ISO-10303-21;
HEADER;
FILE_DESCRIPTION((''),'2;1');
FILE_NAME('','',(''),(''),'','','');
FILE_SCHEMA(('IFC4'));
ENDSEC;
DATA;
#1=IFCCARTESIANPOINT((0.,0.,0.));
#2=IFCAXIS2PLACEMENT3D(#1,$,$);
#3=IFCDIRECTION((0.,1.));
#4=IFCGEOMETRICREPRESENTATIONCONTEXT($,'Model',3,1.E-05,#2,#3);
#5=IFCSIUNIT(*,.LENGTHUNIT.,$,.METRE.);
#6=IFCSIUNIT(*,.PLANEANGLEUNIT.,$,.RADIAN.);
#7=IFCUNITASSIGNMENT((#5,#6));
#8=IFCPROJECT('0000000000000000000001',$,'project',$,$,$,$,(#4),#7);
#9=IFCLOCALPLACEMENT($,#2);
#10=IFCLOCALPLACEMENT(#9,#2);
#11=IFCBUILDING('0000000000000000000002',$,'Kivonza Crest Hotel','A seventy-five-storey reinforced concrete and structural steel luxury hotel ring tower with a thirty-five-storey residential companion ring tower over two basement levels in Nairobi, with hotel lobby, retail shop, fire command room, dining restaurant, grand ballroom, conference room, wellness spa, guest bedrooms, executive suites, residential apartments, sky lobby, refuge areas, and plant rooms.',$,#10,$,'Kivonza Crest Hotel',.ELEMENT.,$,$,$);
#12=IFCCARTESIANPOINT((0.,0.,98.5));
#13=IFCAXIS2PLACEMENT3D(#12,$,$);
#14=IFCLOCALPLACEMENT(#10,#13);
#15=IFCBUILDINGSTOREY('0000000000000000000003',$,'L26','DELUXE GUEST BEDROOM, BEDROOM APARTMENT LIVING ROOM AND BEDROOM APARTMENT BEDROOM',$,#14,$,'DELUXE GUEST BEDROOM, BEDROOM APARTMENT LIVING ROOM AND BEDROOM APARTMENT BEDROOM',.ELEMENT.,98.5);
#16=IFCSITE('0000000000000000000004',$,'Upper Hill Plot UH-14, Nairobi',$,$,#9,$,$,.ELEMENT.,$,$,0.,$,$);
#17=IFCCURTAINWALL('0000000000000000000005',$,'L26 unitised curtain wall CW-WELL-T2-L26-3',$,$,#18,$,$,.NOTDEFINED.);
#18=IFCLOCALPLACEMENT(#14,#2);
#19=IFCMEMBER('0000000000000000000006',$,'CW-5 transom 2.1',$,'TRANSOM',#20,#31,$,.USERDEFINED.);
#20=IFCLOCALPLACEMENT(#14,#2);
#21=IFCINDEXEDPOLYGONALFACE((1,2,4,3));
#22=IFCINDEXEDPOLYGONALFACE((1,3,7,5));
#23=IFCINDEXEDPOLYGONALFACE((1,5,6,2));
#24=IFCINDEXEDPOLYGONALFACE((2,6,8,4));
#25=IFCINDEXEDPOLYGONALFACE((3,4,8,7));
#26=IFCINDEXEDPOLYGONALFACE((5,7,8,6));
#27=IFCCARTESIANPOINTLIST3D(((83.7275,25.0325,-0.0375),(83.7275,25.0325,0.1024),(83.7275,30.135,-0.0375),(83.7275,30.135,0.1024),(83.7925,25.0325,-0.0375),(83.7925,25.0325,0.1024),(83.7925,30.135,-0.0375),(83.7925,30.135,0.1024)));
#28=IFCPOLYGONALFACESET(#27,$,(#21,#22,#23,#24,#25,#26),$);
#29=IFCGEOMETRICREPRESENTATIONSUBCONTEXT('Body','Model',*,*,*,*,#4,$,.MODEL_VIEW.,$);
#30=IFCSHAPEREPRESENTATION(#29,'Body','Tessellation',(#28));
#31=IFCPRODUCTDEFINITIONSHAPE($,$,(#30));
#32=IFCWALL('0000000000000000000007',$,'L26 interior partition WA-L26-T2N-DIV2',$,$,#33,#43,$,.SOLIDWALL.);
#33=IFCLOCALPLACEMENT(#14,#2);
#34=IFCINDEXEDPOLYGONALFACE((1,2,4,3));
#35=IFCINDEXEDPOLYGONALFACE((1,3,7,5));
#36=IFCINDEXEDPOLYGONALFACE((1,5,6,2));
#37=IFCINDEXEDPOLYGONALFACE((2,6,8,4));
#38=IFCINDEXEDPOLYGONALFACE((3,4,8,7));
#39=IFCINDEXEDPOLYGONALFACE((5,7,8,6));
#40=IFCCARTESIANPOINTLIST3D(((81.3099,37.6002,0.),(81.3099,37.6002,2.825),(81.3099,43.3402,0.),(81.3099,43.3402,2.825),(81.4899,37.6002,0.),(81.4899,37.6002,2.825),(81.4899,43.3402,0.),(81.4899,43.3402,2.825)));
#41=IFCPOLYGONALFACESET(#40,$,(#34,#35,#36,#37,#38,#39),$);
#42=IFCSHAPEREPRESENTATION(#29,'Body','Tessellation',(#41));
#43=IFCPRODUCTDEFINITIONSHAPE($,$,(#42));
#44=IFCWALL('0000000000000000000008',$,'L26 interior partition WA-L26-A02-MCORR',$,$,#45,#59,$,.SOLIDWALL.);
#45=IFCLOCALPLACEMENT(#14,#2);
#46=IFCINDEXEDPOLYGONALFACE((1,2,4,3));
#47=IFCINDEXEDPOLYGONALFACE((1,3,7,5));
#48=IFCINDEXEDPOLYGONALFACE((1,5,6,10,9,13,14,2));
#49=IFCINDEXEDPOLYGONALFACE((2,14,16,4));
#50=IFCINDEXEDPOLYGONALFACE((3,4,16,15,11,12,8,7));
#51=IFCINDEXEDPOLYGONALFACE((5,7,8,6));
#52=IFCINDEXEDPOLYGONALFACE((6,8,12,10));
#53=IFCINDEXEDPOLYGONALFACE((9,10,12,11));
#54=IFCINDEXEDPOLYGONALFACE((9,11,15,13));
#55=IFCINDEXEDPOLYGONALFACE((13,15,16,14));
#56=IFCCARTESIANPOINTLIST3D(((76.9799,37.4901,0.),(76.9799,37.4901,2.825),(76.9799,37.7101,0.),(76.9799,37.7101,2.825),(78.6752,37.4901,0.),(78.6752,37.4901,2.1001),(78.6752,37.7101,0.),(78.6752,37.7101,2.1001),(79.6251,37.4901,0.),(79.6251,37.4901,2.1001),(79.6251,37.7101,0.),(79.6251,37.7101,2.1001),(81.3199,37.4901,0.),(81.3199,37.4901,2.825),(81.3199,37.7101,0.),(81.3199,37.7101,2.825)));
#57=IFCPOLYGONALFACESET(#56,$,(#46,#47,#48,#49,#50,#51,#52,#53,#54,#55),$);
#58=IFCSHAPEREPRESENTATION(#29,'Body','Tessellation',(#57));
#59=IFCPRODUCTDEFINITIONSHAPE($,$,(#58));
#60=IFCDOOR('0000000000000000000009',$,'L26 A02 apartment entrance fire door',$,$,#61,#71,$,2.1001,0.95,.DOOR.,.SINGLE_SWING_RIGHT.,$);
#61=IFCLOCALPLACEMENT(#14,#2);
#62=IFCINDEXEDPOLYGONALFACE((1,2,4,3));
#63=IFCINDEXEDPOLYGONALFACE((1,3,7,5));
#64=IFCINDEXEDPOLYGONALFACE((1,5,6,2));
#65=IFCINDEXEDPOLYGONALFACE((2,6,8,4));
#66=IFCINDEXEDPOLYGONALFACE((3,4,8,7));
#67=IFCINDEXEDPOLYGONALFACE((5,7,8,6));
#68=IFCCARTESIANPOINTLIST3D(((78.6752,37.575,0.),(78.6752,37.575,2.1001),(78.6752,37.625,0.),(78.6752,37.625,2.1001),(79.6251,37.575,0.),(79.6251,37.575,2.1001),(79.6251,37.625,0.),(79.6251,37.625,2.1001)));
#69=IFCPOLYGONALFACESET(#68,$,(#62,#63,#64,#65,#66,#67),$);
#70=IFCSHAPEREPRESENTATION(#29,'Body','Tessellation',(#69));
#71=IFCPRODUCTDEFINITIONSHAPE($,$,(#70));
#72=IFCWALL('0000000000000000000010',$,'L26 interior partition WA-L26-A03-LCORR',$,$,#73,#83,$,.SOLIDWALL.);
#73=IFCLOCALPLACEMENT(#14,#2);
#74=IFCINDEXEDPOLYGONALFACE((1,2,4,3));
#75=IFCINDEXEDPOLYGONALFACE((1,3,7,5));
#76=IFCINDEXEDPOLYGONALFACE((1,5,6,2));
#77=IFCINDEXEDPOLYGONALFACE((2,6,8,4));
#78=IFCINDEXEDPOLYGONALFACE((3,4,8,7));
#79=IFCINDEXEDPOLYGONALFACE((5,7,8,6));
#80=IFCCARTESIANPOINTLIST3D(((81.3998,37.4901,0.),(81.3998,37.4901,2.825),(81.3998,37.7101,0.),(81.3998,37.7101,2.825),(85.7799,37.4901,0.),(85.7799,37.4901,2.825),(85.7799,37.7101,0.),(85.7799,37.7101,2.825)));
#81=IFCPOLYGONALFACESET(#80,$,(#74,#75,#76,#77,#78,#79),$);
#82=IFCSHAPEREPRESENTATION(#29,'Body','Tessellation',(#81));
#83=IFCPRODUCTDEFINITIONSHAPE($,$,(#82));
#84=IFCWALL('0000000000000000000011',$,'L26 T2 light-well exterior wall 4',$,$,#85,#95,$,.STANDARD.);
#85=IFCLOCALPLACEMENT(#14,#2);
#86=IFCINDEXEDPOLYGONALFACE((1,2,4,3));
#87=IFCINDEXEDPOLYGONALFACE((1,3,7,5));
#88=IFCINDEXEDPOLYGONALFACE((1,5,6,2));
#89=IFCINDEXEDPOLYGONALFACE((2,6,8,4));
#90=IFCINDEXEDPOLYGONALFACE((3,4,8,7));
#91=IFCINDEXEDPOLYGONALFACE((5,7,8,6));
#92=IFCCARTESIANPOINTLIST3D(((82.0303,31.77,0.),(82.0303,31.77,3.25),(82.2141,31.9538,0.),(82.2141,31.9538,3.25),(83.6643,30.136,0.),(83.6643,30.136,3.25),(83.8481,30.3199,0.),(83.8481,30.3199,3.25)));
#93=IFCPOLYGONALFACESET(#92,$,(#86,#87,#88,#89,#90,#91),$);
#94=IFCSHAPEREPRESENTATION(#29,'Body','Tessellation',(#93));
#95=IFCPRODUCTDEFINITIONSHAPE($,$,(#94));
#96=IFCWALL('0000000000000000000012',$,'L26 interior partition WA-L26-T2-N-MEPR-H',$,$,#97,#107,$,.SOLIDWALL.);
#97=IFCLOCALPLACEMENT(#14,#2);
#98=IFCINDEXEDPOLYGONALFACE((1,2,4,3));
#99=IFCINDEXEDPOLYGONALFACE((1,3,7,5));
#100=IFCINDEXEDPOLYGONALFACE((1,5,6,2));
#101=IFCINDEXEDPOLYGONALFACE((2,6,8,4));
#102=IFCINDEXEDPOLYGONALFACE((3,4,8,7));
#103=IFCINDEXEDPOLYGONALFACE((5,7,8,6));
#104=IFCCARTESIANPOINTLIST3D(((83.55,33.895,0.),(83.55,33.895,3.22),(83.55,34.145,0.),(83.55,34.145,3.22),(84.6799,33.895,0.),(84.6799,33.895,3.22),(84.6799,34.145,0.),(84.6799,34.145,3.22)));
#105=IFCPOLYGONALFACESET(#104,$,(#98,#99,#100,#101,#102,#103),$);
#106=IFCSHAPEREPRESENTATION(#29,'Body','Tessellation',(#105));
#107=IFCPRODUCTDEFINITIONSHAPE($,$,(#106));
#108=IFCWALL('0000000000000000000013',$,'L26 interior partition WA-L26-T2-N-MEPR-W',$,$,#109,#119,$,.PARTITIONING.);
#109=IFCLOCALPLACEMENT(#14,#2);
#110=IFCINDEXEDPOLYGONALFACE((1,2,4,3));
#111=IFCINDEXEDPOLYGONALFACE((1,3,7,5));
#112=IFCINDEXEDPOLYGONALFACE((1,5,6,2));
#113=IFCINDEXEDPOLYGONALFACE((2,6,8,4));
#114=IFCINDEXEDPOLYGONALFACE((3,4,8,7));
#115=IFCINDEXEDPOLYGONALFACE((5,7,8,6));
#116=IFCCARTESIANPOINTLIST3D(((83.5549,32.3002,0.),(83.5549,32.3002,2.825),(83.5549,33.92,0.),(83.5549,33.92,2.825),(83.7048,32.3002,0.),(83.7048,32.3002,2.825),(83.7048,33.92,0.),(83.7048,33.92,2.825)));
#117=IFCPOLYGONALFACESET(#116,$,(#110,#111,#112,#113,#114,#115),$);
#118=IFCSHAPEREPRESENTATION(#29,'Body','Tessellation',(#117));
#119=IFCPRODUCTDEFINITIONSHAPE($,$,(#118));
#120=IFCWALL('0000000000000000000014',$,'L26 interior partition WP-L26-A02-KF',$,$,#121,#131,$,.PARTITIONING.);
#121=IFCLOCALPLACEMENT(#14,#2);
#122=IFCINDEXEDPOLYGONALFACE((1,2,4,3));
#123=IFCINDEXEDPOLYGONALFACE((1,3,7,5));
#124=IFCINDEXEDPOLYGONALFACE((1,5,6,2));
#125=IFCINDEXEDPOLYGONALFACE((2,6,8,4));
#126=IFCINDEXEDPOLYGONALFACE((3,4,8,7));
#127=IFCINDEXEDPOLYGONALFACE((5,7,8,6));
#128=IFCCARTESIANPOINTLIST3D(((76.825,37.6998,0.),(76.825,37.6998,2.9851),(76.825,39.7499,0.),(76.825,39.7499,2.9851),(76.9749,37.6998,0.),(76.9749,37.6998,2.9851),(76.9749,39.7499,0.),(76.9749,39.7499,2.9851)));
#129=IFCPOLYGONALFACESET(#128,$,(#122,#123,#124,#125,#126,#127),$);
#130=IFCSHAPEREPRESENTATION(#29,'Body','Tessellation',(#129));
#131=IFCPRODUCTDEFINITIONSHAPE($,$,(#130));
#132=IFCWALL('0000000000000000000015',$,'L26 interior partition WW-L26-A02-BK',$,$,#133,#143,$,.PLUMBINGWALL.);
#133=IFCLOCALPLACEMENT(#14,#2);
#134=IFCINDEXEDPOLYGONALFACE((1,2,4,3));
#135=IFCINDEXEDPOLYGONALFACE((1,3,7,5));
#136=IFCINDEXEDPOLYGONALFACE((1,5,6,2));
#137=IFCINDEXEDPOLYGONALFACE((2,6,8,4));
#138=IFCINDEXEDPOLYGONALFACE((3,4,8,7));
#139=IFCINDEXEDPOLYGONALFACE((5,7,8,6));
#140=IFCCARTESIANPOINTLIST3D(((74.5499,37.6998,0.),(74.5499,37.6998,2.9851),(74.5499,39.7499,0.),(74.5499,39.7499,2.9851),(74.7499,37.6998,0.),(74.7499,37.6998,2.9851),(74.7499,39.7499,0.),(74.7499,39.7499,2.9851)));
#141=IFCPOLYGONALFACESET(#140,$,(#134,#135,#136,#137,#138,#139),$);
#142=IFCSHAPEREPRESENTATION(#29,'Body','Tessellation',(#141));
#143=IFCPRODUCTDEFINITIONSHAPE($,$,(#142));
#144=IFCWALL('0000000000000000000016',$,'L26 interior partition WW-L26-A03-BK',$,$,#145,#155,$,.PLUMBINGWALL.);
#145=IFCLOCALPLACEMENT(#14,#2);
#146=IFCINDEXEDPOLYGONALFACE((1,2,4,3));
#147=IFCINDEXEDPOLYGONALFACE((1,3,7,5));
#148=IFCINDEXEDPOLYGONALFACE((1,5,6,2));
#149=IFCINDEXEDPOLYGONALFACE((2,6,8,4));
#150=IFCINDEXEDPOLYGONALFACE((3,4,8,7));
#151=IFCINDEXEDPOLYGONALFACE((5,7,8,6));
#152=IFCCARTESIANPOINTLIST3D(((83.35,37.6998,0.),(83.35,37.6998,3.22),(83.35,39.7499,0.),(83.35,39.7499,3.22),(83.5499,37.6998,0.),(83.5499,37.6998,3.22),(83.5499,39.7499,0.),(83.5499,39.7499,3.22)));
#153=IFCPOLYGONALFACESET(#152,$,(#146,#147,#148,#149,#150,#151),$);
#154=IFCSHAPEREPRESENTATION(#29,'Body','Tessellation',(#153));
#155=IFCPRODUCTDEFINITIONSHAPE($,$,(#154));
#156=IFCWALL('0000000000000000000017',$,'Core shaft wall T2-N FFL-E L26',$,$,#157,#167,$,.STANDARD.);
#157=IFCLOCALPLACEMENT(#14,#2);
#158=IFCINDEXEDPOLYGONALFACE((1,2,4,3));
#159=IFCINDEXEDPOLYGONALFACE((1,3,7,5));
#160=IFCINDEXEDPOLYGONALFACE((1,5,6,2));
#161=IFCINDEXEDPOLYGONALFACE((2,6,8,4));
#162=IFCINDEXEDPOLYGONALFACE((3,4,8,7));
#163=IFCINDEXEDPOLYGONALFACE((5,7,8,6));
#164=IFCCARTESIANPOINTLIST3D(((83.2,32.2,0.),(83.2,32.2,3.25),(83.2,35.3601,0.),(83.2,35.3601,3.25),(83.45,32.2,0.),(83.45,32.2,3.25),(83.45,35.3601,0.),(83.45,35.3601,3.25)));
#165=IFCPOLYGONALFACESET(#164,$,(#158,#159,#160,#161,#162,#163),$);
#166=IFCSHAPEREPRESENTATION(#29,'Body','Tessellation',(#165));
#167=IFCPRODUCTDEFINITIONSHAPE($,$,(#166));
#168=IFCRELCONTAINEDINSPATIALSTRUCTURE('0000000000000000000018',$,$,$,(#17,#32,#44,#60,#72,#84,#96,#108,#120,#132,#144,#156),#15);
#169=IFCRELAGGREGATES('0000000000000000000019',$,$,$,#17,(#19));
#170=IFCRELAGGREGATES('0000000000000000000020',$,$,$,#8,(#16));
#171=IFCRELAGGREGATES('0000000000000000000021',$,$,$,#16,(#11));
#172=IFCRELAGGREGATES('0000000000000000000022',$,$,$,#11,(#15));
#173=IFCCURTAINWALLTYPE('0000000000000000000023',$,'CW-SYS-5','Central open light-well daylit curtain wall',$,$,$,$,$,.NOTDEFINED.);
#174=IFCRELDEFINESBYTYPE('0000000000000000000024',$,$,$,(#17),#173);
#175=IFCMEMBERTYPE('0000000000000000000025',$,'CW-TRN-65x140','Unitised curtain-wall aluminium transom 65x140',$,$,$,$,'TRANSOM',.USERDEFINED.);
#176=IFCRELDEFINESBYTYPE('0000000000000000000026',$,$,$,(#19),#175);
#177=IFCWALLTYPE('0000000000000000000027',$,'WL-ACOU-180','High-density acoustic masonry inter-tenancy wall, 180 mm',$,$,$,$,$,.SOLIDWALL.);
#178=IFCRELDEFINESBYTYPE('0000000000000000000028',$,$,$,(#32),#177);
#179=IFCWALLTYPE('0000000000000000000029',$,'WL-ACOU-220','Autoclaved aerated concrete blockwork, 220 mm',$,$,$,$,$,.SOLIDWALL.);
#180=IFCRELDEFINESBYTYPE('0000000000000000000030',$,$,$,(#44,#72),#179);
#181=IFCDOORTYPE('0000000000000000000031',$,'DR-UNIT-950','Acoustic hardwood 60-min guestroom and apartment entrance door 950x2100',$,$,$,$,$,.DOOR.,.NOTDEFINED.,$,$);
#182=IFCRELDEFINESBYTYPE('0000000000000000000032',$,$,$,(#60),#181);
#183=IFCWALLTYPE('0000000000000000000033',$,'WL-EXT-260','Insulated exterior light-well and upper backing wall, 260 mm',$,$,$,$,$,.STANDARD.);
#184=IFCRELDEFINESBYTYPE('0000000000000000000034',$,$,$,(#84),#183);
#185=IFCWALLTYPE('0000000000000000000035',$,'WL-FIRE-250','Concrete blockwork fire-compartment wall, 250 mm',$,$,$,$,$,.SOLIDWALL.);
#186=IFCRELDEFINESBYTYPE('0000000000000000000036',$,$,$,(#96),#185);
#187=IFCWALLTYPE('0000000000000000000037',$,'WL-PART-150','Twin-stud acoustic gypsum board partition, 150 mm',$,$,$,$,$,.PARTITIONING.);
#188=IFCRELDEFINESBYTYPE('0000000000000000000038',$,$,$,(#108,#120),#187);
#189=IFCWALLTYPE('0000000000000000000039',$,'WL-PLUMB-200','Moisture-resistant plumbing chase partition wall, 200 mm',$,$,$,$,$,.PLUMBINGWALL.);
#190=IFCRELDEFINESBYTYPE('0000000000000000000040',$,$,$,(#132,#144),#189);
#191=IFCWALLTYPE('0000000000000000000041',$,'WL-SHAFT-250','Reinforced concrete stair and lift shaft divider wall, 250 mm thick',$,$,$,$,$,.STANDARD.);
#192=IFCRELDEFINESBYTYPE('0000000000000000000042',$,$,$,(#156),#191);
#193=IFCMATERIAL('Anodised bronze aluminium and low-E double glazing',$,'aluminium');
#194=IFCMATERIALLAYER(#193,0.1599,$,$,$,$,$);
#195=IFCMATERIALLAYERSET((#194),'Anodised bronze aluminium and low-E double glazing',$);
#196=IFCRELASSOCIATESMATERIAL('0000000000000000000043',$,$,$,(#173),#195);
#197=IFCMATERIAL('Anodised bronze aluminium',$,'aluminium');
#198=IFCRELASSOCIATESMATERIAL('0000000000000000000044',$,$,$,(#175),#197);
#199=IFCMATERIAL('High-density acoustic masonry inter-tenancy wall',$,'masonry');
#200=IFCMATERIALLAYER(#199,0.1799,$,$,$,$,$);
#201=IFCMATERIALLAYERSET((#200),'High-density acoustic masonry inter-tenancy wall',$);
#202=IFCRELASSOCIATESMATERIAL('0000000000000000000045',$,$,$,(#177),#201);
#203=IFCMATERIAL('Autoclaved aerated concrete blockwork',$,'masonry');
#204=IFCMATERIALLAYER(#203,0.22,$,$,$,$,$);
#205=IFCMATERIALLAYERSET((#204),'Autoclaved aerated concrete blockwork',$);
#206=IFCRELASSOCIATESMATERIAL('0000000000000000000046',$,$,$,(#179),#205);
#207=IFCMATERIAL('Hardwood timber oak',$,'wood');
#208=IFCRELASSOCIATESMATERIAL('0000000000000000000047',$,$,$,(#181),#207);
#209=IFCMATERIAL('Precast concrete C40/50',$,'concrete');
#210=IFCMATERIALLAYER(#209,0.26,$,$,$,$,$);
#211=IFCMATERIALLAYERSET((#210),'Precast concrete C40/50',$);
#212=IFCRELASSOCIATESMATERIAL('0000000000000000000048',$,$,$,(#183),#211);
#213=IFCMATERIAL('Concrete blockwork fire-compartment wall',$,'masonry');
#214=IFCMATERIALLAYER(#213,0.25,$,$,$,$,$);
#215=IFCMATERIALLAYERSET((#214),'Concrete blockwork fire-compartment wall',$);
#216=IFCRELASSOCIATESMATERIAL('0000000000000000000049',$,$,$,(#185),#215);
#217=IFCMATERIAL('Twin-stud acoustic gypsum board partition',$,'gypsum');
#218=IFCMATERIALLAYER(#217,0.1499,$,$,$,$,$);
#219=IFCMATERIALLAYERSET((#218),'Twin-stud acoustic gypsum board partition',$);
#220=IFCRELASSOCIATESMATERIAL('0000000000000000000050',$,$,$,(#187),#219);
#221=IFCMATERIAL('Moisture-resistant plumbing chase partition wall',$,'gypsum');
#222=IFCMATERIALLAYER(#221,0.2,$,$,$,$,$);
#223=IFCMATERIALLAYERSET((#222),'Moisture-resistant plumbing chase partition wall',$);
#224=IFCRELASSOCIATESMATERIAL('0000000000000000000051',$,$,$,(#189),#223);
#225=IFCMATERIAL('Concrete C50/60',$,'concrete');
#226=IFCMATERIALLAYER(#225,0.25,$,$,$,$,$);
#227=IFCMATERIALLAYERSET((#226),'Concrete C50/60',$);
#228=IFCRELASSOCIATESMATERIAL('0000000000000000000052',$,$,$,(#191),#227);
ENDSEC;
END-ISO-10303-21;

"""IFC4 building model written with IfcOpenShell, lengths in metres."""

from ifc_helpers import new_model, si_unit, direction, frame, frame_2d, origin, origin_2d, place, context, subcontext, project, spatial, rectangle, extrude, material, layer, layer_set, material_profile, profile_set, type_object, element, fill, aggregate, save


model = new_model("IFC4")

# Units and contexts
model_context = context("Model", 3, precision=1e-05, world=origin(), true_north=direction((0.0, 1.0)))
body_context = subcontext(model_context, "Body", "Model", "MODEL_VIEW")
ifc_project = project(units=[si_unit("LENGTHUNIT", "METRE"), si_unit("PLANEANGLEUNIT", "RADIAN")], contexts=[model_context])

# Site, building, storey
site_placement = place(None, origin())
site = spatial("IfcSite", under=ifc_project, at=site_placement, Name="Upper Hill Plot UH-14, Nairobi", CompositionType="ELEMENT", RefElevation=0.0)
building_placement = place(site_placement, origin())
building = spatial("IfcBuilding", under=site, at=building_placement, Name="Kivonza Crest Hotel", Description="A seventy-five-storey reinforced concrete and structural steel luxury hotel ring tower with a thirty-five-storey residential companion ring tower over two basement levels in Nairobi, with hotel lobby, retail shop, fire command room, dining restaurant, grand ballroom, conference room, wellness spa, guest bedrooms, executive suites, residential apartments, sky lobby, refuge areas, and plant rooms.", LongName="Kivonza Crest Hotel", CompositionType="ELEMENT")
storey_placement = place(building_placement, frame((0.0, 0.0, 98.5)))
storey = spatial("IfcBuildingStorey", under=building, at=storey_placement, Name="L26", Description="DELUXE GUEST BEDROOM, BEDROOM APARTMENT LIVING ROOM AND BEDROOM APARTMENT BEDROOM", LongName="DELUXE GUEST BEDROOM, BEDROOM APARTMENT LIVING ROOM AND BEDROOM APARTMENT BEDROOM", CompositionType="ELEMENT", Elevation=98.5)

# Curtain wall, member
ifc_material_1 = material(Name="Anodised bronze aluminium and low-E double glazing", Category="aluminium")
ifc_layer_1 = layer(ifc_material_1, 0.1599)
ifc_layer_set_1 = layer_set([ifc_layer_1], Name="Anodised bronze aluminium and low-E double glazing")
curtain_wall_type = type_object("IfcCurtainWallType", Name="CW-SYS-5", Description="Central open light-well daylit curtain wall", PredefinedType="NOTDEFINED", material=ifc_layer_set_1)
curtain_wall_placement = place(storey_placement, origin())
curtain_wall = element("IfcCurtainWall", 1, at=curtain_wall_placement, inside=storey, type_object=curtain_wall_type, Name="L26 unitised curtain wall CW-WELL-T2-L26-3", PredefinedType="NOTDEFINED")
ifc_material_2 = material(Name="Anodised bronze aluminium", Category="aluminium")
ifc_material_profile = material_profile(ifc_material_2, rectangle(XDim=0.0649, YDim=0.1399, at=origin_2d()), Name="CW-T 65x140")
ifc_profile_set = profile_set([ifc_material_profile], Name="Anodised bronze aluminium")
member_type = type_object("IfcMemberType", Name="CW-TRN-65x140", Description="Unitised curtain-wall aluminium transom 65x140", ElementType="TRANSOM", PredefinedType="USERDEFINED", material=ifc_profile_set)
member_placement = place(storey_placement, frame((83.76, 25.0325, 0.0325), z_axis=(0.0, 1.0, 0.0), x_axis=(-1.0, 0.0, 0.0)))
member = element("IfcMember", 2, at=member_placement, type_object=member_type, Name="CW-5 transom 2.1", ObjectType="TRANSOM", PredefinedType="USERDEFINED", context=body_context, shape_type="SweptSolid", body=[
    extrude(rectangle(XDim=0.0649, YDim=0.1399, at=origin_2d()), origin(), (0.0, 0.0, 1.0), 5.1025),
])
aggregate(curtain_wall, [member])

# Wall
ifc_material_3 = material(Name="High-density acoustic masonry inter-tenancy wall", Category="masonry")
ifc_layer_2 = layer(ifc_material_3, 0.1799)
ifc_layer_set_2 = layer_set([ifc_layer_2], Name="High-density acoustic masonry inter-tenancy wall")
wall_type_1 = type_object("IfcWallType", Name="WL-ACOU-180", Description="High-density acoustic masonry inter-tenancy wall, 180 mm", PredefinedType="SOLIDWALL", material=ifc_layer_set_2)
wall_1_placement = place(storey_placement, frame((81.3999, 37.6001, 0.0), z_axis=(0.0, 0.0, 1.0), x_axis=(0.0, 1.0, 0.0)))
element("IfcWall", 3, at=wall_1_placement, inside=storey, type_object=wall_type_1, Name="L26 interior partition WA-L26-T2N-DIV2", PredefinedType="SOLIDWALL", context=body_context, shape_type="SweptSolid", body=[
    extrude(rectangle(XDim=5.74, YDim=0.1799, at=frame_2d((2.8701, 0.0))), origin(), (0.0, 0.0, 1.0), 2.825),
])

# Wall, opening, door
ifc_material_4 = material(Name="Autoclaved aerated concrete blockwork", Category="masonry")
ifc_layer_3 = layer(ifc_material_4, 0.22)
ifc_layer_set_3 = layer_set([ifc_layer_3], Name="Autoclaved aerated concrete blockwork")
wall_type_2 = type_object("IfcWallType", Name="WL-ACOU-220", Description="Autoclaved aerated concrete blockwork, 220 mm", PredefinedType="SOLIDWALL", material=ifc_layer_set_3)
wall_2_placement = place(storey_placement, frame((76.98, 37.6001, 0.0), z_axis=(0.0, 0.0, 1.0), x_axis=(1.0, 0.0, 0.0)))
wall_2 = element("IfcWall", 4, at=wall_2_placement, inside=storey, type_object=wall_type_2, Name="L26 interior partition WA-L26-A02-MCORR", PredefinedType="SOLIDWALL", context=body_context, shape_type="SweptSolid", body=[
    extrude(rectangle(XDim=4.3401, YDim=0.22, at=frame_2d((2.1699, 0.0))), origin(), (0.0, 0.0, 1.0), 2.825),
])
opening_1_placement = place(wall_2_placement, frame((1.6951, 0.0, 0.0)))
opening_1 = element("IfcOpeningElement", 5, at=opening_1_placement, cuts=wall_2, PredefinedType="OPENING", context=body_context, shape_type="SweptSolid", body=[
    extrude(rectangle(XDim=0.95, YDim=2.1001, at=frame_2d((0.4751, 1.05))), frame((0.0, 0.1201, 0.0), z_axis=(0.0, -1.0, 0.0), x_axis=(1.0, 0.0, 0.0)), (0.0, 0.0, 1.0), 0.24),
])
ifc_material_5 = material(Name="Hardwood timber oak", Category="wood")
door_type_1 = type_object("IfcDoorType", Name="DR-UNIT-950", Description="Acoustic hardwood 60-min guestroom and apartment entrance door 950x2100", OperationType="NOTDEFINED", PredefinedType="DOOR", material=ifc_material_5)
door_1_placement = place(opening_1_placement, origin())
door_1 = element("IfcDoor", 6, at=door_1_placement, inside=storey, type_object=door_type_1, Name="L26 A02 apartment entrance fire door", OperationType="SINGLE_SWING_RIGHT", OverallHeight=2.1001, OverallWidth=0.95, PredefinedType="DOOR", context=body_context, shape_type="SweptSolid", body=[
    extrude(rectangle(XDim=0.95, YDim=2.1001, at=frame_2d((0.4751, 1.05))), frame((0.0, 0.0249, 0.0), z_axis=(0.0, -1.0, 0.0), x_axis=(1.0, 0.0, 0.0)), (0.0, 0.0, 1.0), 0.05),
])
fill(opening_1, door_1)

# Walls
wall_3_placement = place(storey_placement, frame((81.3999, 37.6001, 0.0), z_axis=(0.0, 0.0, 1.0), x_axis=(1.0, 0.0, 0.0)))
element("IfcWall", 7, at=wall_3_placement, inside=storey, type_object=wall_type_2, Name="L26 interior partition WA-L26-A03-LCORR", PredefinedType="SOLIDWALL", context=body_context, shape_type="SweptSolid", body=[
    extrude(rectangle(XDim=4.3801, YDim=0.22, at=frame_2d((2.1899, 0.0))), origin(), (0.0, 0.0, 1.0), 2.825),
])
ifc_material_6 = material(Name="Precast concrete C40/50", Category="concrete")
ifc_layer_4 = layer(ifc_material_6, 0.26)
ifc_layer_set_4 = layer_set([ifc_layer_4], Name="Precast concrete C40/50")
wall_type_3 = type_object("IfcWallType", Name="WL-EXT-260", Description="Insulated exterior light-well and upper backing wall, 260 mm", PredefinedType="STANDARD", material=ifc_layer_set_4)
wall_4_placement = place(storey_placement, frame((83.7561, 30.228, 0.0), z_axis=(0.0, 0.0, 1.0), x_axis=(-0.707107, 0.707107, 0.0)))
element("IfcWall", 8, at=wall_4_placement, inside=storey, type_object=wall_type_3, Name="L26 T2 light-well exterior wall 4", PredefinedType="STANDARD", context=body_context, shape_type="SweptSolid", body=[
    extrude(rectangle(XDim=2.3108, YDim=0.26, at=frame_2d((1.1553, 0.0))), origin(), (0.0, 0.0, 1.0), 3.25),
])
ifc_material_7 = material(Name="Concrete blockwork fire-compartment wall", Category="masonry")
ifc_layer_5 = layer(ifc_material_7, 0.25)
ifc_layer_set_5 = layer_set([ifc_layer_5], Name="Concrete blockwork fire-compartment wall")
wall_type_4 = type_object("IfcWallType", Name="WL-FIRE-250", Description="Concrete blockwork fire-compartment wall, 250 mm", PredefinedType="SOLIDWALL", material=ifc_layer_set_5)
wall_5_placement = place(storey_placement, frame((83.55, 34.02, 0.0), z_axis=(0.0, 0.0, 1.0), x_axis=(1.0, 0.0, 0.0)))
element("IfcWall", 9, at=wall_5_placement, inside=storey, type_object=wall_type_4, Name="L26 interior partition WA-L26-T2-N-MEPR-H", PredefinedType="SOLIDWALL", context=body_context, shape_type="SweptSolid", body=[
    extrude(rectangle(XDim=1.1299, YDim=0.25, at=frame_2d((0.5649, 0.0))), origin(), (0.0, 0.0, 1.0), 3.22),
])
ifc_material_8 = material(Name="Twin-stud acoustic gypsum board partition", Category="gypsum")
ifc_layer_6 = layer(ifc_material_8, 0.1499)
ifc_layer_set_6 = layer_set([ifc_layer_6], Name="Twin-stud acoustic gypsum board partition")
wall_type_5 = type_object("IfcWallType", Name="WL-PART-150", Description="Twin-stud acoustic gypsum board partition, 150 mm", PredefinedType="PARTITIONING", material=ifc_layer_set_6)
wall_6_placement = place(storey_placement, frame((83.6299, 32.3, 0.0), z_axis=(0.0, 0.0, 1.0), x_axis=(0.0, 1.0, 0.0)))
element("IfcWall", 10, at=wall_6_placement, inside=storey, type_object=wall_type_5, Name="L26 interior partition WA-L26-T2-N-MEPR-W", PredefinedType="PARTITIONING", context=body_context, shape_type="SweptSolid", body=[
    extrude(rectangle(XDim=1.6199, YDim=0.1499, at=frame_2d((0.8101, 0.0))), origin(), (0.0, 0.0, 1.0), 2.825),
])
wall_7_placement = place(storey_placement, frame((76.8999, 37.7, 0.0), z_axis=(0.0, 0.0, 1.0), x_axis=(0.0, 1.0, 0.0)))
element("IfcWall", 11, at=wall_7_placement, inside=storey, type_object=wall_type_5, Name="L26 interior partition WP-L26-A02-KF", PredefinedType="PARTITIONING", context=body_context, shape_type="SweptSolid", body=[
    extrude(rectangle(XDim=2.05, YDim=0.1499, at=frame_2d((1.0249, 0.0))), origin(), (0.0, 0.0, 1.0), 2.9851),
])
ifc_material_9 = material(Name="Moisture-resistant plumbing chase partition wall", Category="gypsum")
ifc_layer_7 = layer(ifc_material_9, 0.2)
ifc_layer_set_7 = layer_set([ifc_layer_7], Name="Moisture-resistant plumbing chase partition wall")
wall_type_6 = type_object("IfcWallType", Name="WL-PLUMB-200", Description="Moisture-resistant plumbing chase partition wall, 200 mm", PredefinedType="PLUMBINGWALL", material=ifc_layer_set_7)
wall_8_placement = place(storey_placement, frame((74.6499, 37.7, 0.0), z_axis=(0.0, 0.0, 1.0), x_axis=(0.0, 1.0, 0.0)))
element("IfcWall", 12, at=wall_8_placement, inside=storey, type_object=wall_type_6, Name="L26 interior partition WW-L26-A02-BK", PredefinedType="PLUMBINGWALL", context=body_context, shape_type="SweptSolid", body=[
    extrude(rectangle(XDim=2.05, YDim=0.2, at=frame_2d((1.0249, 0.0))), origin(), (0.0, 0.0, 1.0), 2.9851),
])
wall_9_placement = place(storey_placement, frame((83.45, 37.7, 0.0), z_axis=(0.0, 0.0, 1.0), x_axis=(0.0, 1.0, 0.0)))
element("IfcWall", 13, at=wall_9_placement, inside=storey, type_object=wall_type_6, Name="L26 interior partition WW-L26-A03-BK", PredefinedType="PLUMBINGWALL", context=body_context, shape_type="SweptSolid", body=[
    extrude(rectangle(XDim=2.05, YDim=0.2, at=frame_2d((1.0249, 0.0))), origin(), (0.0, 0.0, 1.0), 3.22),
])

# Shared definitions
ifc_material_10 = material(Name="Concrete C50/60", Category="concrete")
ifc_layer_8 = layer(ifc_material_10, 0.25)
ifc_layer_set_8 = layer_set([ifc_layer_8], Name="Concrete C50/60")
wall_type_7 = type_object("IfcWallType", Name="WL-SHAFT-250", Description="Reinforced concrete stair and lift shaft divider wall, 250 mm thick", PredefinedType="STANDARD", material=ifc_layer_set_8)

# Wall
wall_10_placement = place(storey_placement, frame((83.325, 32.2, 0.0), z_axis=(0.0, 0.0, 1.0), x_axis=(0.0, 1.0, 0.0)))
element("IfcWall", 14, at=wall_10_placement, inside=storey, type_object=wall_type_7, Name="Core shaft wall T2-N FFL-E L26", PredefinedType="STANDARD", context=body_context, shape_type="SweptSolid", body=[
    extrude(rectangle(XDim=3.1602, YDim=0.25, at=frame_2d((1.5801, 0.0))), origin(), (0.0, 0.0, 1.0), 3.25),
])

save(model, "model.ifc")
